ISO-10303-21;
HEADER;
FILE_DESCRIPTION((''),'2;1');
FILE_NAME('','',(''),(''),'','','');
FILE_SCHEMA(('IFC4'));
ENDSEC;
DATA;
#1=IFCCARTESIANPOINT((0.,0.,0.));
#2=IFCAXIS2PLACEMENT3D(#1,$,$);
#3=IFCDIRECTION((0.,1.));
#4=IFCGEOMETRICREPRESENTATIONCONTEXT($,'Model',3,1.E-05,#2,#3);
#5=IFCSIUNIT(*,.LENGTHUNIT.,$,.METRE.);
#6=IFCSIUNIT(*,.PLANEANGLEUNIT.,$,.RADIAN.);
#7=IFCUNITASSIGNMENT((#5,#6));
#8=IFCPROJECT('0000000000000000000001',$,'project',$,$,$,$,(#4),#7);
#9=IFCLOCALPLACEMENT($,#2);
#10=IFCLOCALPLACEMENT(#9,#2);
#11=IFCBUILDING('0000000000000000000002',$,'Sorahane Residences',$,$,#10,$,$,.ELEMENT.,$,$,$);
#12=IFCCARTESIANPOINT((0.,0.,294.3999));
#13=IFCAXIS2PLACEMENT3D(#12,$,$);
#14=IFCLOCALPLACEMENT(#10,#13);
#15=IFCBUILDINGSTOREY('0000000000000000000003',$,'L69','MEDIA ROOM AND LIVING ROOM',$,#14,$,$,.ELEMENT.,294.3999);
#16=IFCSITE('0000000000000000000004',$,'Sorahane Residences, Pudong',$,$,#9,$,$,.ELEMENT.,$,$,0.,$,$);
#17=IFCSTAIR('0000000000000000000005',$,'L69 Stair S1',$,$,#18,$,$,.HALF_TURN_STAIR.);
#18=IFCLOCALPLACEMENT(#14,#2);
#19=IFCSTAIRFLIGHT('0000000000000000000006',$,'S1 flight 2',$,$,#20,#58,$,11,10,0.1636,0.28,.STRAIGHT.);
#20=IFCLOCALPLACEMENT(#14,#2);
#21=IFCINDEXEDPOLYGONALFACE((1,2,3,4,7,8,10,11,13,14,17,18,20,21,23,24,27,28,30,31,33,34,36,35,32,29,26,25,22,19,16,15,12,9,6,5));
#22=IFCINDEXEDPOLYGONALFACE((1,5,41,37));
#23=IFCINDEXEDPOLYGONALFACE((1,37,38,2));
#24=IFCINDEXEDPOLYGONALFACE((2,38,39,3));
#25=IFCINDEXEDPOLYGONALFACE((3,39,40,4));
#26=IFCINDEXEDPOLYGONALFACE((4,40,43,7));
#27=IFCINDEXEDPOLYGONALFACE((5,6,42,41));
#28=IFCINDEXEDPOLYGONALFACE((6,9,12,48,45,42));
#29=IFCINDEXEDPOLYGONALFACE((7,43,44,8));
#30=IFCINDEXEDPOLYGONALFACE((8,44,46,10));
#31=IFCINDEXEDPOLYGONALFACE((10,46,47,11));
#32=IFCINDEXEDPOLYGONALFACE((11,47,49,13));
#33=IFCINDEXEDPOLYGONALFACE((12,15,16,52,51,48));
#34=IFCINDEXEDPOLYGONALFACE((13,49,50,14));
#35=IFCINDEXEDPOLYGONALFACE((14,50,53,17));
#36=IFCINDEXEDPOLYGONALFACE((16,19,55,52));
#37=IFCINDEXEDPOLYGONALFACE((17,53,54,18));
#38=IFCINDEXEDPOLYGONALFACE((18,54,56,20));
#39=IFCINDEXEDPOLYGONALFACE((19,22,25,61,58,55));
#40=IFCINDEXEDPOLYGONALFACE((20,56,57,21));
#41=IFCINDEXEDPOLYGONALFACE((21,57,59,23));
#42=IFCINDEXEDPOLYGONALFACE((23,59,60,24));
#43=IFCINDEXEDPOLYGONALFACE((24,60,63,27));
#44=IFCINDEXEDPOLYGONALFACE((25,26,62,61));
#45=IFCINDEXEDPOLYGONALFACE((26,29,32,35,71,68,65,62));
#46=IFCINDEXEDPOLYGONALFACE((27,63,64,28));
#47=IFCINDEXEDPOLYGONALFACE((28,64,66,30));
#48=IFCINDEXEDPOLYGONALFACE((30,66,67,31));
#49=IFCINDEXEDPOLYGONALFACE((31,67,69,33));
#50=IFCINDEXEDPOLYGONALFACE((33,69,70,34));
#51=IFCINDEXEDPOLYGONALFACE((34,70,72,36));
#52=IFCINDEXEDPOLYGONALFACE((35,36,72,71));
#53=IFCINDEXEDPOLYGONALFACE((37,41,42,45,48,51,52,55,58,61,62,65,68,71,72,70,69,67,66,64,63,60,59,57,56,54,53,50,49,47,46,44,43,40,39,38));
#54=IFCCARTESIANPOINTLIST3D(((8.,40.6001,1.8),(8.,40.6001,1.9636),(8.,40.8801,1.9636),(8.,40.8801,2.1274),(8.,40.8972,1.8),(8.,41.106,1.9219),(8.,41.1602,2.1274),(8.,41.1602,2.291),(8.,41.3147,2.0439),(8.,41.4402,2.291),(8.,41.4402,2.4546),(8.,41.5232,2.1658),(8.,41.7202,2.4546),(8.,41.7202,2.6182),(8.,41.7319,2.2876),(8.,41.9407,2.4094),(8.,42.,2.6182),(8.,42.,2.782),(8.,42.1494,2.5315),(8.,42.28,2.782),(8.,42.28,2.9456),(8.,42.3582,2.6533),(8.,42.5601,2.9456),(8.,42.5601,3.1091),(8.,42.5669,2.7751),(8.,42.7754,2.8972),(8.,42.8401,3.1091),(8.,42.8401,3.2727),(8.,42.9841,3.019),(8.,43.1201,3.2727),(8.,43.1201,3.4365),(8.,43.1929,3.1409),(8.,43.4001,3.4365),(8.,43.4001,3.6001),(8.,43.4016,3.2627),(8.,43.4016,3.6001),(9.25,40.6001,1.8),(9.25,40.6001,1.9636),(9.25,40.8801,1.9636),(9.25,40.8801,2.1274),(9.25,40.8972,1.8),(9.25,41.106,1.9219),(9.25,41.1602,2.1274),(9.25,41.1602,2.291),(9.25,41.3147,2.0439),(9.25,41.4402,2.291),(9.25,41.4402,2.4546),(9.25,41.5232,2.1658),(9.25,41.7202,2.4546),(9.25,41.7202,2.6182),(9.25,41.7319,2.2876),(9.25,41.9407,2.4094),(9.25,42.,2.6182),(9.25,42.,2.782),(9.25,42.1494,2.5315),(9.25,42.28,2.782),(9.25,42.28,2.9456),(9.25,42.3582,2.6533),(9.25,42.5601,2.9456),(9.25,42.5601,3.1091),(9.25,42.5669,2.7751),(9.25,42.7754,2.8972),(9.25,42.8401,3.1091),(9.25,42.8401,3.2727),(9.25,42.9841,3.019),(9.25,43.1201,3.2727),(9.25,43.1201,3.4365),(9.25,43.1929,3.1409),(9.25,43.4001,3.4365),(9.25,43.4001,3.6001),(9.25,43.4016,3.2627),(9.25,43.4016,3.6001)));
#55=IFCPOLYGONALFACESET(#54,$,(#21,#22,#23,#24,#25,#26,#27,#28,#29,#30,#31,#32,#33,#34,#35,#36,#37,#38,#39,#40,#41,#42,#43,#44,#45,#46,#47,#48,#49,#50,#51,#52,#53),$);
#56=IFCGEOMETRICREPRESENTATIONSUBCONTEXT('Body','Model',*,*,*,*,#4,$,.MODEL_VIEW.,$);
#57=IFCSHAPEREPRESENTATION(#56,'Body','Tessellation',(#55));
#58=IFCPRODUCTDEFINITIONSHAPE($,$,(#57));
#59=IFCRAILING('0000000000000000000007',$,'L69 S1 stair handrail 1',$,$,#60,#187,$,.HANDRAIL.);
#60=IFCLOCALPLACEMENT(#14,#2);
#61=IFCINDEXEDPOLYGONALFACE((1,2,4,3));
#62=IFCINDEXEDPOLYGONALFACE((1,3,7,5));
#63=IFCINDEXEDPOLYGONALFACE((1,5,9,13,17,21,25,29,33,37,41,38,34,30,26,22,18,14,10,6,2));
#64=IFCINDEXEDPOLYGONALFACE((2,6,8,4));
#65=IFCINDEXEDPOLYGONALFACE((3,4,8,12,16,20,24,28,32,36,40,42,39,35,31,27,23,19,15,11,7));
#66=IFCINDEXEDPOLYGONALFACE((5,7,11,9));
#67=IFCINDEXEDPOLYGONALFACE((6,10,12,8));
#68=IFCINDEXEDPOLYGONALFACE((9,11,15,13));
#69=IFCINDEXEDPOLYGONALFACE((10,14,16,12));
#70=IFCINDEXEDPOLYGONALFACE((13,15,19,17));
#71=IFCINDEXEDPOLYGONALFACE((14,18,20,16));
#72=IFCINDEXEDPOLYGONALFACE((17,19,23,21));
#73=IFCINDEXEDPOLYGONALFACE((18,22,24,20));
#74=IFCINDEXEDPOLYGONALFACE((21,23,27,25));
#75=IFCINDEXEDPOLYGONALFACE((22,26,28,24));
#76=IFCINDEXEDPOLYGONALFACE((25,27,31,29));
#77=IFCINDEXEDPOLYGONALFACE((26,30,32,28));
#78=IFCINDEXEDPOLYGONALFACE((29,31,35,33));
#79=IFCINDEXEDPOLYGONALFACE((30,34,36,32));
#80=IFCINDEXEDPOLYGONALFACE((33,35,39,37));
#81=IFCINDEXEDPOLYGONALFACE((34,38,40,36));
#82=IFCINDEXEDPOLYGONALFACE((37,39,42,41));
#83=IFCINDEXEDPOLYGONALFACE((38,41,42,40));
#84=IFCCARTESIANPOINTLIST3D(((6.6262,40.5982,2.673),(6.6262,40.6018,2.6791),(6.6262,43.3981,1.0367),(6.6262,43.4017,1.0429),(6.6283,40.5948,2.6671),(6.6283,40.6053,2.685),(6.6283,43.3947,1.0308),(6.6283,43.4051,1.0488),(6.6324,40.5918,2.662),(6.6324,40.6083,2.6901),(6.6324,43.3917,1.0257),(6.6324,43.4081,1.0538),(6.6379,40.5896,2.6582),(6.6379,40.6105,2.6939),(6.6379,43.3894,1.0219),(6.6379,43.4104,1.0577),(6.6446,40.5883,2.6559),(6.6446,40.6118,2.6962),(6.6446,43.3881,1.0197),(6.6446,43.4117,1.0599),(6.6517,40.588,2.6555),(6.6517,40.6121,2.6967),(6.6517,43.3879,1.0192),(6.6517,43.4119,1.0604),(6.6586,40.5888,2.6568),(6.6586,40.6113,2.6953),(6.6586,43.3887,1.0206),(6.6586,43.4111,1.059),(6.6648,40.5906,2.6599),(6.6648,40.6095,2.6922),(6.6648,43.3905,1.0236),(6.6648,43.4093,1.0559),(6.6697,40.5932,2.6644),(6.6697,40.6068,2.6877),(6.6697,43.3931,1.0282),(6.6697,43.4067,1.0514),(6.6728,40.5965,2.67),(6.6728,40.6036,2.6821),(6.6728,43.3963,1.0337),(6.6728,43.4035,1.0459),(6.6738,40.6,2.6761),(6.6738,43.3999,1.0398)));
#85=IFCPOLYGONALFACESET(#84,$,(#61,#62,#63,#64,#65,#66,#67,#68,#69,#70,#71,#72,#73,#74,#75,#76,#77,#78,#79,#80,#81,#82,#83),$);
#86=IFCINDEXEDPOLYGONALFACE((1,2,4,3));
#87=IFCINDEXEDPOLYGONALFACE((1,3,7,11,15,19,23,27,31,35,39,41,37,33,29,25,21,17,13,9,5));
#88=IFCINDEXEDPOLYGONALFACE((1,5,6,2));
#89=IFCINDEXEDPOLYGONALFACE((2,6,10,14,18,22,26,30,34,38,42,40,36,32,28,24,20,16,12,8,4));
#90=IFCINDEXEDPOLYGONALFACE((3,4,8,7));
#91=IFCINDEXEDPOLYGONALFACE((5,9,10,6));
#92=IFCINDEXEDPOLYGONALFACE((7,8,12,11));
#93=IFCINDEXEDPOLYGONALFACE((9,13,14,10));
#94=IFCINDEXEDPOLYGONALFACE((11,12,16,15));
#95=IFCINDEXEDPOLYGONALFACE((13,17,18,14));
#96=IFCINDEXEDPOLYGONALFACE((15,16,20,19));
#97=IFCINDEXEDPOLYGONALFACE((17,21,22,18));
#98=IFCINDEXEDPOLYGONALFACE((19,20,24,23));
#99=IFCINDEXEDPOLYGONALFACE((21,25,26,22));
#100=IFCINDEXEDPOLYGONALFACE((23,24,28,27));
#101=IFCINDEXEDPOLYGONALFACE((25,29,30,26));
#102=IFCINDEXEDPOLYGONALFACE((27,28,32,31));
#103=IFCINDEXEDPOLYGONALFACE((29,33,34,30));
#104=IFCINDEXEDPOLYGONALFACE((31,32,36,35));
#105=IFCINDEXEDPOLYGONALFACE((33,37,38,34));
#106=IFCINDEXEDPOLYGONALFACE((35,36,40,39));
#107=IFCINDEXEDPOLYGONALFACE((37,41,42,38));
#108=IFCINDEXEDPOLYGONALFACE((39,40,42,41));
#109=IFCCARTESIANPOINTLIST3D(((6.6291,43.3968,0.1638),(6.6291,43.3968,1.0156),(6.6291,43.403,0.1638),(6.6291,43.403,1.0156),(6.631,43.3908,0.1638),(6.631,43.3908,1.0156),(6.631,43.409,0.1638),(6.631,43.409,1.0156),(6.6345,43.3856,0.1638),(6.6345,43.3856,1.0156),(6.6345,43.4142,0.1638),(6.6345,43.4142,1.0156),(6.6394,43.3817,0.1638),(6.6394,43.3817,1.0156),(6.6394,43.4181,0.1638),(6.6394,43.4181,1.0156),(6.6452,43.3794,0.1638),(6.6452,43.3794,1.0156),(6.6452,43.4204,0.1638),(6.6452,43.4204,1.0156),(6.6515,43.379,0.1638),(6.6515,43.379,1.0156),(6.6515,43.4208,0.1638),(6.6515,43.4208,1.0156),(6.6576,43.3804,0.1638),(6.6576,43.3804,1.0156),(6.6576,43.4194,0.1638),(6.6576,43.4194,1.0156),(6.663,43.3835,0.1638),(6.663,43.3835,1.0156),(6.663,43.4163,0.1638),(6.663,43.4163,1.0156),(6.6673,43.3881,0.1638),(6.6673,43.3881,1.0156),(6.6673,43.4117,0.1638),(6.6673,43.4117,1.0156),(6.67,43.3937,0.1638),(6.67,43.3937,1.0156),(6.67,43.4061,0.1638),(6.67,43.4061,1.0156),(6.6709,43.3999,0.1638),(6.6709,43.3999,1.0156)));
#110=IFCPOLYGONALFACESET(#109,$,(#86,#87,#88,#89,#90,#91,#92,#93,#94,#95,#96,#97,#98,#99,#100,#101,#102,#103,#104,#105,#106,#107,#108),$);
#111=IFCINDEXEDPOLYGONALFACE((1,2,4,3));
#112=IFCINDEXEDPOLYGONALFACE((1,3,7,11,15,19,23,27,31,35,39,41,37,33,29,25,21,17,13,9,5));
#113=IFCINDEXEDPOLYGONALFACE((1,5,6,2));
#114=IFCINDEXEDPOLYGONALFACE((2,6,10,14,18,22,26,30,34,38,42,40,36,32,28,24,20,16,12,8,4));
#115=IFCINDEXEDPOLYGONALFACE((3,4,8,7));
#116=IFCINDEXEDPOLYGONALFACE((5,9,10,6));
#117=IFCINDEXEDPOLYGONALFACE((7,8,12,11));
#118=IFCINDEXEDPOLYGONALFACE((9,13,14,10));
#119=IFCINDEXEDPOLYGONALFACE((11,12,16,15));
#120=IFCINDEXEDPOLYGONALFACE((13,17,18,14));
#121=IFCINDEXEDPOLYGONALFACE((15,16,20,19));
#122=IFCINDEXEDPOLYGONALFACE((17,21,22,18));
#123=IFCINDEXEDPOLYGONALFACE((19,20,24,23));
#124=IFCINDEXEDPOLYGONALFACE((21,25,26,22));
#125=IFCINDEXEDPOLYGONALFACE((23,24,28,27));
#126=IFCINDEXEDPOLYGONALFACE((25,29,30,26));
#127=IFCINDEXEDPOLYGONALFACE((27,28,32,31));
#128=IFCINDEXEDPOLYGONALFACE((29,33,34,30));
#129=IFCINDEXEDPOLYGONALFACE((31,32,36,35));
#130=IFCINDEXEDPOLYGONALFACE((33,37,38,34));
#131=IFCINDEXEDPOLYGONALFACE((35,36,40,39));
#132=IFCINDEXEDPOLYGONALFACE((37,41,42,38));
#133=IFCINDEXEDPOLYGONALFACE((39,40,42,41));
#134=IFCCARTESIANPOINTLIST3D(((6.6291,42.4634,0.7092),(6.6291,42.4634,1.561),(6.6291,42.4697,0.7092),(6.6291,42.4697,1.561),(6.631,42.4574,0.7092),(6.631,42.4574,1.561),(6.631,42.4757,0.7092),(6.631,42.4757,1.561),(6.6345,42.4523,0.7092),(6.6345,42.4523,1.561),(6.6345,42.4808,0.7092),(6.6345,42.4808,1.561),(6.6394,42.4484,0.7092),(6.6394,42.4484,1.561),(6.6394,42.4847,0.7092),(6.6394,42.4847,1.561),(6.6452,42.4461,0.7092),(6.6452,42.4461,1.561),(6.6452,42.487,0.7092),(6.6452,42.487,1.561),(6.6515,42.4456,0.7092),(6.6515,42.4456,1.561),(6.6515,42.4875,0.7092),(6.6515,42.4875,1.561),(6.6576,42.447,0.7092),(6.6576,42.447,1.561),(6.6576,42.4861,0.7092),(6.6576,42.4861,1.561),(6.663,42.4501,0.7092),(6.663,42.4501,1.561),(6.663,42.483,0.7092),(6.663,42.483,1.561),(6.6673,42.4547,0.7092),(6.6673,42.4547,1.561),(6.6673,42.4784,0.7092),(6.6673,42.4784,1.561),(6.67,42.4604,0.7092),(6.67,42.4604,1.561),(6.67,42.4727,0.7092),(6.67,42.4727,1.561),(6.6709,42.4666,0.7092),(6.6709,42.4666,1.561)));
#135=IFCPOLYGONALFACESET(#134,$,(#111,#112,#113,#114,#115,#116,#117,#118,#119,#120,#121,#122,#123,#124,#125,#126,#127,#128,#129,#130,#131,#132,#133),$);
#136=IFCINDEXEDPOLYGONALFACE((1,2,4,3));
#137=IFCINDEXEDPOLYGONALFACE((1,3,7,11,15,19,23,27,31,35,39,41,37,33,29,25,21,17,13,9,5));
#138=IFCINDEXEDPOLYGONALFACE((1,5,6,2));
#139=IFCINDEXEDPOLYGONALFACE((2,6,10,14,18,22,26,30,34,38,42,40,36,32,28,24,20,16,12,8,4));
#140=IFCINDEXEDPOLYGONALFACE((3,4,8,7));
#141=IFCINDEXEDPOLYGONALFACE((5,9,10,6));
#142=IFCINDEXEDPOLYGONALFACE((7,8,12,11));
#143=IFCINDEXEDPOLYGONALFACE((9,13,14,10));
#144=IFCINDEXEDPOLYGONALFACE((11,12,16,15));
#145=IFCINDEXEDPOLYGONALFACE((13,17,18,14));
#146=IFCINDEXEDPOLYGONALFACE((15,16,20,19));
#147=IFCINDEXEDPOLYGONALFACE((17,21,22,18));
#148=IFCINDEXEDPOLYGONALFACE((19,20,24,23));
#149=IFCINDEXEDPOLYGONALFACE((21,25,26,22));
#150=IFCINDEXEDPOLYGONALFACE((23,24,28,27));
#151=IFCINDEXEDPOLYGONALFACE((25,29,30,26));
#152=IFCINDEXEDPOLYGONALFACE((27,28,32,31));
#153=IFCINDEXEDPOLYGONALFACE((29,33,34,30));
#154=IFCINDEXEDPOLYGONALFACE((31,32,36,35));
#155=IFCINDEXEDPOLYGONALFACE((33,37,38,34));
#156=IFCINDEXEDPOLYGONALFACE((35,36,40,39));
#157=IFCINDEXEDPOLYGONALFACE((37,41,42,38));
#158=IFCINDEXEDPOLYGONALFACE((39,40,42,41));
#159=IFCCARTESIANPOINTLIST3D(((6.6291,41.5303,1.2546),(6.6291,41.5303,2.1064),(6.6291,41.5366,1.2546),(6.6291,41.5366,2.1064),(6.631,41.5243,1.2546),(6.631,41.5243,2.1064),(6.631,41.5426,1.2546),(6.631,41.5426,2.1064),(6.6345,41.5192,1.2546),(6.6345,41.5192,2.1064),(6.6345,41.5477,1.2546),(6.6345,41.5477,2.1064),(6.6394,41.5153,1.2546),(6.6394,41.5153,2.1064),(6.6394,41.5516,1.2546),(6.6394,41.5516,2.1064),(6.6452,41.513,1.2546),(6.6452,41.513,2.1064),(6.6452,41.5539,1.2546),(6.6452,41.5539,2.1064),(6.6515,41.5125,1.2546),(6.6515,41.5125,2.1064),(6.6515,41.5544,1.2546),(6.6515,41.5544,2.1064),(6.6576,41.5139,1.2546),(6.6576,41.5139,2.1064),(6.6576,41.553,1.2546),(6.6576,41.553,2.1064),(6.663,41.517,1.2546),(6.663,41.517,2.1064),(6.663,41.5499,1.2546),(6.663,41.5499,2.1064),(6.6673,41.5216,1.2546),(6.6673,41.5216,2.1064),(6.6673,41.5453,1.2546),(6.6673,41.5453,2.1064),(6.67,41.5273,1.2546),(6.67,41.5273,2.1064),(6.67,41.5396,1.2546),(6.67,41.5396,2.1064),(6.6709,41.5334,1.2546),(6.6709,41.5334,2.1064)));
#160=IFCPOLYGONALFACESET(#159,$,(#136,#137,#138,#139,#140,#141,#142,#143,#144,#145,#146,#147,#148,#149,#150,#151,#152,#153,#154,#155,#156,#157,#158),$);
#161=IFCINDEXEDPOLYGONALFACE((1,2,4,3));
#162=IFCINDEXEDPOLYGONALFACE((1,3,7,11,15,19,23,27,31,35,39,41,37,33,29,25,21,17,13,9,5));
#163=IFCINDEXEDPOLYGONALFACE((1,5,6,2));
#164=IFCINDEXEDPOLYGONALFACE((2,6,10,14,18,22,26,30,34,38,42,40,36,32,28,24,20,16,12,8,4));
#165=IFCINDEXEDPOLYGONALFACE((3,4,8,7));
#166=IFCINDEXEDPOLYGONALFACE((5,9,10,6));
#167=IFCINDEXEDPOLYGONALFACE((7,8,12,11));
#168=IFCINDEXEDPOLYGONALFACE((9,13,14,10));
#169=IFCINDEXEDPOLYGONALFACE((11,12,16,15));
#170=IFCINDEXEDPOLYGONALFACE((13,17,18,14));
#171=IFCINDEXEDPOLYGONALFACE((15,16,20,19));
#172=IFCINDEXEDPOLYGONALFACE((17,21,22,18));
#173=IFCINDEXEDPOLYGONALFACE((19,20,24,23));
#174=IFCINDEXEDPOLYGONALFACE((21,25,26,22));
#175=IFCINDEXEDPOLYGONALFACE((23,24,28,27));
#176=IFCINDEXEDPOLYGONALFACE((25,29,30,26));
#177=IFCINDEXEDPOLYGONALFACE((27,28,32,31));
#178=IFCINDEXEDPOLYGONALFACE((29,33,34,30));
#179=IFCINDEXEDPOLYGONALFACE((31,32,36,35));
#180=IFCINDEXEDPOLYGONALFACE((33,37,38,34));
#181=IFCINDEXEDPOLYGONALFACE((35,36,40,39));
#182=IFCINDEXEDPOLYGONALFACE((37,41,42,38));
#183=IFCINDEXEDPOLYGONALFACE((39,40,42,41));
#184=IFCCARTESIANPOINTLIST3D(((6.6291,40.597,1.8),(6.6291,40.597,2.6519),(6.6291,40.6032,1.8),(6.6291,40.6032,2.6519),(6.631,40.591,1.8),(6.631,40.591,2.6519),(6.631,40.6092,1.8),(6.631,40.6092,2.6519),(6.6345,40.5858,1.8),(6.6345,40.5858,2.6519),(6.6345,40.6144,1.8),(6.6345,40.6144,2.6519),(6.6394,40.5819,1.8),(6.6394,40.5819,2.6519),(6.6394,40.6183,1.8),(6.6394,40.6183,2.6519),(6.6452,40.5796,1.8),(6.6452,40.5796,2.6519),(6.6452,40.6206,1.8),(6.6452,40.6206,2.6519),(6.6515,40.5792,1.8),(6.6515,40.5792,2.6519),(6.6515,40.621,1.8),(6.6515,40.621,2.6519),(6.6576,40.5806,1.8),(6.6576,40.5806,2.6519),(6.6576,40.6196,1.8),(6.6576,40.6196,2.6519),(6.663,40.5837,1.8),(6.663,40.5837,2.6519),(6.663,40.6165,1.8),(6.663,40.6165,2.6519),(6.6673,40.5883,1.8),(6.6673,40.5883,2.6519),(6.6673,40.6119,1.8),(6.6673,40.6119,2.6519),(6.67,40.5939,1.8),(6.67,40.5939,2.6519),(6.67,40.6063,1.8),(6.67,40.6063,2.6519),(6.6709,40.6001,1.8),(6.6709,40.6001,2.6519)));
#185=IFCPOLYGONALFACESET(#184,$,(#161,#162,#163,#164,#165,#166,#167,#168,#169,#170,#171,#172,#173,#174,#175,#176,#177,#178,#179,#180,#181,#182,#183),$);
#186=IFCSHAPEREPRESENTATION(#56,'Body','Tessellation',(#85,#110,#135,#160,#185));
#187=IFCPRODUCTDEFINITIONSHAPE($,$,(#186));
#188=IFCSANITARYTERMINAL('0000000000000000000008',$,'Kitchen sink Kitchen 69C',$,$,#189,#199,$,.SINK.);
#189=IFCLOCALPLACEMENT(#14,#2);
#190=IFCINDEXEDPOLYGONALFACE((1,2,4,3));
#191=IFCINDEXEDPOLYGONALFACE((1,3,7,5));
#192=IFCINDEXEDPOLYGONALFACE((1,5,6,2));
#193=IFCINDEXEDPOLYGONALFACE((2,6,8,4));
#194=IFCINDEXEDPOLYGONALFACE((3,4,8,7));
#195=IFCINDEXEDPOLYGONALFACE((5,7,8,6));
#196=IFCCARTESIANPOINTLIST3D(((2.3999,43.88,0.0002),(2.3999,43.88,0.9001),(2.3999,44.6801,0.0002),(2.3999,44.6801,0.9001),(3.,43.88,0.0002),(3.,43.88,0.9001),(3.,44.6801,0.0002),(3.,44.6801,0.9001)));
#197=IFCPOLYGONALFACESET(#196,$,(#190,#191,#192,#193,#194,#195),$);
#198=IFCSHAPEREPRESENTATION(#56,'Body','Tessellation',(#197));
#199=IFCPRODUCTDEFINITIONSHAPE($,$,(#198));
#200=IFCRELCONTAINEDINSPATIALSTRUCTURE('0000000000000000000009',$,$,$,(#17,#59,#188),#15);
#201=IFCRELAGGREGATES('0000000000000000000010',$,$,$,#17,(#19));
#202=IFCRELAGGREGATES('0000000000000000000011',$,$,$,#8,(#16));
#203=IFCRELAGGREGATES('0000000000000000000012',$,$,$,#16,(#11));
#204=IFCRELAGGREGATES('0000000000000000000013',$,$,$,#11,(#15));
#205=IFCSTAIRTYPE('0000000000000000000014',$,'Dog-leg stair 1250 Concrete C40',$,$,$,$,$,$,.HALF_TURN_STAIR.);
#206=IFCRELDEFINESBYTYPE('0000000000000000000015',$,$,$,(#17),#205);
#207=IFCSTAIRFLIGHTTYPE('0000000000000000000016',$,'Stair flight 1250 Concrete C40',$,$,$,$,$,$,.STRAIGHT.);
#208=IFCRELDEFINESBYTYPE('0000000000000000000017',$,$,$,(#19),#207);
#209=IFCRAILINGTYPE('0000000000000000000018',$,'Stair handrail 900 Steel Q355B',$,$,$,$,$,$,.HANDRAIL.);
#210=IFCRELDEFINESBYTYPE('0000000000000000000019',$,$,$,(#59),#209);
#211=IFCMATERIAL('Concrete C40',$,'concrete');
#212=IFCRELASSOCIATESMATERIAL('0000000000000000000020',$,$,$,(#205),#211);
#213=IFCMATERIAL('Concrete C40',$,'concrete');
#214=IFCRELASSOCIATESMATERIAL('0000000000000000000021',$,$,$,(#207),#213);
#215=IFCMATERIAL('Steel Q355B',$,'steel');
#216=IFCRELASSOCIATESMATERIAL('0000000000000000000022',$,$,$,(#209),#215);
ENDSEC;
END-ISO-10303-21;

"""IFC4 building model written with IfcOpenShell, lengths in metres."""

from ifc_helpers import new_model, si_unit, direction, frame, origin, origin_2d, place, context, subcontext, project, spatial, polyline, rectangle, circle, outline, extrude, material, type_object, element, aggregate, save


model = new_model("IFC4")

# Units and contexts
model_context = context("Model", 3, precision=1e-05, world=origin(), true_north=direction((0.0, 1.0)))
body_context = subcontext(model_context, "Body", "Model", "MODEL_VIEW")
ifc_project = project(units=[si_unit("LENGTHUNIT", "METRE"), si_unit("PLANEANGLEUNIT", "RADIAN")], contexts=[model_context])

# Site, building, storey
site_placement = place(None, origin())
site = spatial("IfcSite", under=ifc_project, at=site_placement, Name="Sorahane Residences, Pudong", CompositionType="ELEMENT", RefElevation=0.0)
building_placement = place(site_placement, origin())
building = spatial("IfcBuilding", under=site, at=building_placement, Name="Sorahane Residences", CompositionType="ELEMENT")
storey_placement = place(building_placement, frame((0.0, 0.0, 294.3999)))
storey = spatial("IfcBuildingStorey", under=building, at=storey_placement, Name="L69", Description="MEDIA ROOM AND LIVING ROOM", CompositionType="ELEMENT", Elevation=294.3999)

# Stair, stair flight
ifc_material_1 = material(Name="Concrete C40", Category="concrete")
stair_type = type_object("IfcStairType", Name="Dog-leg stair 1250 Concrete C40", PredefinedType="HALF_TURN_STAIR", material=ifc_material_1)
stair_placement = place(storey_placement, origin())
stair = element("IfcStair", 1, at=stair_placement, inside=storey, type_object=stair_type, Name="L69 Stair S1", PredefinedType="HALF_TURN_STAIR")
ifc_material_2 = material(Name="Concrete C40", Category="concrete")
stair_flight_type = type_object("IfcStairFlightType", Name="Stair flight 1250 Concrete C40", PredefinedType="STRAIGHT", material=ifc_material_2)
stair_flight_1_placement = place(storey_placement, frame((8.625, 40.6001, 1.8), z_axis=(0.0, 0.0, 1.0), x_axis=(0.0, 1.0, 0.0)))
stair_flight_1 = element("IfcStairFlight", 2, at=stair_flight_1_placement, type_object=stair_flight_type, Name="S1 flight 2", NumberOfRisers=11, NumberOfTreads=10, PredefinedType="STRAIGHT", RiserHeight=0.1636, TreadLength=0.28, context=body_context, shape_type="SweptSolid", body=[
    extrude(outline(polyline([(0.0, 0.0), (0.0, 0.1636), (0.28, 0.1636), (0.28, 0.3274), (0.5601, 0.3274), (0.5601, 0.491), (0.8401, 0.491), (0.8401, 0.6545), (1.1201, 0.6545), (1.1201, 0.8181), (1.3999, 0.8181), (1.3999, 0.9819), (1.6799, 0.9819), (1.6799, 1.1455), (1.96, 1.1455), (1.96, 1.3091), (2.24, 1.3091), (2.24, 1.4727), (2.52, 1.4727), (2.52, 1.6365), (2.8, 1.6365), (2.8, 1.8), (2.8015, 1.8), (2.8015, 1.4626), (2.5928, 1.3408), (2.384, 1.219), (2.1753, 1.0972), (1.9668, 0.9751), (1.7581, 0.8533), (1.5493, 0.7314), (1.3406, 0.6094), (1.1318, 0.4875), (0.9231, 0.3657), (0.7146, 0.2439), (0.5059, 0.1218), (0.2971, 0.0), (0.0, 0.0)])), frame((0.0, 0.625, 0.0), z_axis=(0.0, -1.0, 0.0), x_axis=(1.0, 0.0, 0.0)), (0.0, 0.0, 1.0), 1.25),
])
aggregate(stair, [stair_flight_1])

# Railing
ifc_material_3 = material(Name="Steel Q355B", Category="steel")
railing_type_1 = type_object("IfcRailingType", Name="Stair handrail 900 Steel Q355B", PredefinedType="HANDRAIL", material=ifc_material_3)
railing_1_placement = place(storey_placement, frame((6.6499, 43.3999, 0.1638)))
element("IfcRailing", 3, at=railing_1_placement, inside=storey, type_object=railing_type_1, Name="L69 S1 stair handrail 1", PredefinedType="HANDRAIL", context=body_context, shape_type="SweptSolid", body=[
    extrude(circle(Radius=0.0239, at=origin_2d()), frame((0.0, 0.0, 0.876), z_axis=(0.0, -0.863374, 0.504564), x_axis=(1.0, 0.0, 0.0)), (0.0, 0.0, 1.0), 3.2429),
    extrude(circle(Radius=0.021, at=origin_2d()), origin(), (0.0, 0.0, 1.0), 0.8518),
    extrude(circle(Radius=0.021, at=origin_2d()), frame((0.0, -0.9333, 0.5454)), (0.0, 0.0, 1.0), 0.8518),
    extrude(circle(Radius=0.021, at=origin_2d()), frame((0.0, -1.8665, 1.0908)), (0.0, 0.0, 1.0), 0.8518),
    extrude(circle(Radius=0.021, at=origin_2d()), frame((0.0, -2.7998, 1.6362)), (0.0, 0.0, 1.0), 0.8518),
])

# Sanitary terminal
sanitary_terminal_placement = place(storey_placement, frame((2.7, 44.28, 0.0002), z_axis=(0.0, 0.0, 1.0), x_axis=(0.0, -1.0, 0.0)))
element("IfcSanitaryTerminal", 4, at=sanitary_terminal_placement, inside=storey, Name="Kitchen sink Kitchen 69C", PredefinedType="SINK", context=body_context, shape_type="SweptSolid", body=[
    extrude(rectangle(XDim=0.8, YDim=0.6001, at=origin_2d()), origin(), (0.0, 0.0, 1.0), 0.8999),
])

save(model, "model.ifc")
